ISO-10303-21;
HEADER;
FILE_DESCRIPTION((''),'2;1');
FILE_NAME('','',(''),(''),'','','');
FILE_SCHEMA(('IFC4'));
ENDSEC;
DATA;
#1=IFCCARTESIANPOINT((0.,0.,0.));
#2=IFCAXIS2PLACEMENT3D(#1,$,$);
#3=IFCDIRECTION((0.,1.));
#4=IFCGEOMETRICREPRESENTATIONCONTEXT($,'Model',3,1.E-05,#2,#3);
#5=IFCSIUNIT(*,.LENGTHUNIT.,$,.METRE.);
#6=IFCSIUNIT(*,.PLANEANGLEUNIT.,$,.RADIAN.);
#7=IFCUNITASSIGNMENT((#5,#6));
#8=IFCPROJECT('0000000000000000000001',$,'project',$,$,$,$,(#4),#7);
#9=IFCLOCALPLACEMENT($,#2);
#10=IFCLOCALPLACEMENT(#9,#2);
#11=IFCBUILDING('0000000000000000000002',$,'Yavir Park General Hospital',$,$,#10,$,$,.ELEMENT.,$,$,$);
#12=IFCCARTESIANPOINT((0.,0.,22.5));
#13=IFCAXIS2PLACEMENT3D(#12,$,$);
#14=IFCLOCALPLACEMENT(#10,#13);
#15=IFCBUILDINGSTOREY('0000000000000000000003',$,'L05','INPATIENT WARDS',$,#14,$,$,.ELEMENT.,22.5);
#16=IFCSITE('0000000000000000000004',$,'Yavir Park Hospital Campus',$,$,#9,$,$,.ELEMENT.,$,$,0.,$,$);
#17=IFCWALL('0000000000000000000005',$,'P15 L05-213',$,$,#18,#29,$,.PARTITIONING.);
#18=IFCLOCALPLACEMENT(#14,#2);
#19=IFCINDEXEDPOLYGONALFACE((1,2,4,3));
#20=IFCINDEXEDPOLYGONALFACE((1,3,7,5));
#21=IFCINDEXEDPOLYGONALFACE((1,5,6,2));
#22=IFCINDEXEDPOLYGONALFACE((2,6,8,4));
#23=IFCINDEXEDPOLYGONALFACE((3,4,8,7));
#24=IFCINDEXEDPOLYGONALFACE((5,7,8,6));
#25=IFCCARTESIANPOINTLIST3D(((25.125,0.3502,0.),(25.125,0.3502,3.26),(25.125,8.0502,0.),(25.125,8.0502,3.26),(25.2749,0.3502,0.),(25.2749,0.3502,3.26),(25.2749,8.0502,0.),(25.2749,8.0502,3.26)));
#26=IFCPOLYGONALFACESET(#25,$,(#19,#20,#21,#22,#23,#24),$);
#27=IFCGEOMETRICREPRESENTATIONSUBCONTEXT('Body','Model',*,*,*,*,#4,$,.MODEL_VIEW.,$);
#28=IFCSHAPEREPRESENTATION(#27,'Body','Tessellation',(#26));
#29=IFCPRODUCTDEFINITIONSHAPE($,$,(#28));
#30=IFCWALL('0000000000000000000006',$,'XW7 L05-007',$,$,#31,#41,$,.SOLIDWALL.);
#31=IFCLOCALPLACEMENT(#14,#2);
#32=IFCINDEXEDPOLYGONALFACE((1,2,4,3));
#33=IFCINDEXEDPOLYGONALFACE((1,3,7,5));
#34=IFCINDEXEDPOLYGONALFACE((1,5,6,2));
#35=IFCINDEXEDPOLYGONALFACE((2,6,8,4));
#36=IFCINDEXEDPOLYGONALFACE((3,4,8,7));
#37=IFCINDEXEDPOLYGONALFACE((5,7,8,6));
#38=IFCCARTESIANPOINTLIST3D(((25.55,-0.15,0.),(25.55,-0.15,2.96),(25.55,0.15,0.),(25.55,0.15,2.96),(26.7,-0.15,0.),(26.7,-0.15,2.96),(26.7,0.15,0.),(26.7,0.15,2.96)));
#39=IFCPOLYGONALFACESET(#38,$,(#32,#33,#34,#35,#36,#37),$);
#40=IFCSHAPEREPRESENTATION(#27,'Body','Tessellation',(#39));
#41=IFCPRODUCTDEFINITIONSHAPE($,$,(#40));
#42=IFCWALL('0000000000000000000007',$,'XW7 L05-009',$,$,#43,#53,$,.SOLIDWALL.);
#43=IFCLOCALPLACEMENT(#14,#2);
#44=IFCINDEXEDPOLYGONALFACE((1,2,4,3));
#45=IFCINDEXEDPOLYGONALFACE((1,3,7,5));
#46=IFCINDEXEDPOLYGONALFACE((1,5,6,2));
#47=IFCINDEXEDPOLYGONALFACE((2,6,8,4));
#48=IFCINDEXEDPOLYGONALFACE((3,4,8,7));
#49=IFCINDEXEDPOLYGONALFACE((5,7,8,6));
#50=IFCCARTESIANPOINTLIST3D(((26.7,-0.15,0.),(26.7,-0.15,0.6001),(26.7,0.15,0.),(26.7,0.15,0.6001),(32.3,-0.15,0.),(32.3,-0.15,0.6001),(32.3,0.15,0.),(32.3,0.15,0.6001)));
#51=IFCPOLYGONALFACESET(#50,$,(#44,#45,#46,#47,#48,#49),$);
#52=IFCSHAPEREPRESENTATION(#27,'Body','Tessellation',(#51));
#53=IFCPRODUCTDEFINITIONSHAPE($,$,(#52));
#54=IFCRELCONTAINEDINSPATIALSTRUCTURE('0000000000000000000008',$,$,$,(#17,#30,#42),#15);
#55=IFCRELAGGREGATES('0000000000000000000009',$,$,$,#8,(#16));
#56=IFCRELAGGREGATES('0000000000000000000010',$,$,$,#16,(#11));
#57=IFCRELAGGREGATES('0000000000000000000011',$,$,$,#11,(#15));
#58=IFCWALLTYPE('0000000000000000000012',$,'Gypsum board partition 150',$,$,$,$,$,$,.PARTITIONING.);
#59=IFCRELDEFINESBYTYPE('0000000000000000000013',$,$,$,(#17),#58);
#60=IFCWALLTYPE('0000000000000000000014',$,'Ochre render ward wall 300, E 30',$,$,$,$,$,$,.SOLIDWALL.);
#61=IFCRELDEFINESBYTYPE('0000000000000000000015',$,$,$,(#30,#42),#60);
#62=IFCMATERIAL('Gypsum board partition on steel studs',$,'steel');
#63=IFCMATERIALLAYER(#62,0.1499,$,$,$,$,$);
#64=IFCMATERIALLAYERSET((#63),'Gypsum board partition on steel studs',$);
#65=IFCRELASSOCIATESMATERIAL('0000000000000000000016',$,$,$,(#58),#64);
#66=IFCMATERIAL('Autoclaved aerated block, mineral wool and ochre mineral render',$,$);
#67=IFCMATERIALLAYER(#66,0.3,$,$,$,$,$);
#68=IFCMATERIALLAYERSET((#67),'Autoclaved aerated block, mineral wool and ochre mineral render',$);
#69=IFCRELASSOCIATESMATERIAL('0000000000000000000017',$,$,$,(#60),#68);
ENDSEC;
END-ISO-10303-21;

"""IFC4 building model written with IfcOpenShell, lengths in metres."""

from ifc_helpers import new_model, si_unit, direction, frame, frame_2d, origin, place, context, subcontext, project, spatial, rectangle, extrude, material, layer, layer_set, type_object, element, save


model = new_model("IFC4")

# Units and contexts
model_context = context("Model", 3, precision=1e-05, world=origin(), true_north=direction((0.0, 1.0)))
body_context = subcontext(model_context, "Body", "Model", "MODEL_VIEW")
ifc_project = project(units=[si_unit("LENGTHUNIT", "METRE"), si_unit("PLANEANGLEUNIT", "RADIAN")], contexts=[model_context])

# Site, building, storey
site_placement = place(None, origin())
site = spatial("IfcSite", under=ifc_project, at=site_placement, Name="Yavir Park Hospital Campus", CompositionType="ELEMENT", RefElevation=0.0)
building_placement = place(site_placement, origin())
building = spatial("IfcBuilding", under=site, at=building_placement, Name="Yavir Park General Hospital", CompositionType="ELEMENT")
storey_placement = place(building_placement, frame((0.0, 0.0, 22.5)))
storey = spatial("IfcBuildingStorey", under=building, at=storey_placement, Name="L05", Description="INPATIENT WARDS", CompositionType="ELEMENT", Elevation=22.5)

# Walls
ifc_material_1 = material(Name="Gypsum board partition on steel studs", Category="steel")
ifc_layer_1 = layer(ifc_material_1, 0.1499)
ifc_layer_set_1 = layer_set([ifc_layer_1], Name="Gypsum board partition on steel studs")
wall_type_1 = type_object("IfcWallType", Name="Gypsum board partition 150", PredefinedType="PARTITIONING", material=ifc_layer_set_1)
wall_1_placement = place(storey_placement, frame((25.2, 0.3501, 0.0), z_axis=(0.0, 0.0, 1.0), x_axis=(0.0, 1.0, 0.0)))
element("IfcWall", 1, at=wall_1_placement, inside=storey, type_object=wall_type_1, Name="P15 L05-213", PredefinedType="PARTITIONING", context=body_context, shape_type="SweptSolid", body=[
    extrude(rectangle(XDim=7.7, YDim=0.1499, at=frame_2d((3.8501, 0.0))), origin(), (0.0, 0.0, 1.0), 3.26),
])
ifc_material_2 = material(Name="Autoclaved aerated block, mineral wool and ochre mineral render")
ifc_layer_2 = layer(ifc_material_2, 0.3)
ifc_layer_set_2 = layer_set([ifc_layer_2], Name="Autoclaved aerated block, mineral wool and ochre mineral render")
wall_type_2 = type_object("IfcWallType", Name="Ochre render ward wall 300, E 30", PredefinedType="SOLIDWALL", material=ifc_layer_set_2)
wall_2_placement = place(storey_placement, frame((25.55, 0.0, 0.0), z_axis=(0.0, 0.0, 1.0), x_axis=(1.0, 0.0, 0.0)))
element("IfcWall", 2, at=wall_2_placement, inside=storey, type_object=wall_type_2, Name="XW7 L05-007", PredefinedType="SOLIDWALL", context=body_context, shape_type="SweptSolid", body=[
    extrude(rectangle(XDim=1.1499, YDim=0.3, at=frame_2d((0.575, 0.0))), origin(), (0.0, 0.0, 1.0), 2.96),
])
wall_3_placement = place(storey_placement, frame((26.7, 0.0, 0.0), z_axis=(0.0, 0.0, 1.0), x_axis=(1.0, 0.0, 0.0)))
element("IfcWall", 3, at=wall_3_placement, inside=storey, type_object=wall_type_2, Name="XW7 L05-009", PredefinedType="SOLIDWALL", context=body_context, shape_type="SweptSolid", body=[
    extrude(rectangle(XDim=5.6001, YDim=0.3, at=frame_2d((2.8, 0.0))), origin(), (0.0, 0.0, 1.0), 0.6001),
])

save(model, "model.ifc")
